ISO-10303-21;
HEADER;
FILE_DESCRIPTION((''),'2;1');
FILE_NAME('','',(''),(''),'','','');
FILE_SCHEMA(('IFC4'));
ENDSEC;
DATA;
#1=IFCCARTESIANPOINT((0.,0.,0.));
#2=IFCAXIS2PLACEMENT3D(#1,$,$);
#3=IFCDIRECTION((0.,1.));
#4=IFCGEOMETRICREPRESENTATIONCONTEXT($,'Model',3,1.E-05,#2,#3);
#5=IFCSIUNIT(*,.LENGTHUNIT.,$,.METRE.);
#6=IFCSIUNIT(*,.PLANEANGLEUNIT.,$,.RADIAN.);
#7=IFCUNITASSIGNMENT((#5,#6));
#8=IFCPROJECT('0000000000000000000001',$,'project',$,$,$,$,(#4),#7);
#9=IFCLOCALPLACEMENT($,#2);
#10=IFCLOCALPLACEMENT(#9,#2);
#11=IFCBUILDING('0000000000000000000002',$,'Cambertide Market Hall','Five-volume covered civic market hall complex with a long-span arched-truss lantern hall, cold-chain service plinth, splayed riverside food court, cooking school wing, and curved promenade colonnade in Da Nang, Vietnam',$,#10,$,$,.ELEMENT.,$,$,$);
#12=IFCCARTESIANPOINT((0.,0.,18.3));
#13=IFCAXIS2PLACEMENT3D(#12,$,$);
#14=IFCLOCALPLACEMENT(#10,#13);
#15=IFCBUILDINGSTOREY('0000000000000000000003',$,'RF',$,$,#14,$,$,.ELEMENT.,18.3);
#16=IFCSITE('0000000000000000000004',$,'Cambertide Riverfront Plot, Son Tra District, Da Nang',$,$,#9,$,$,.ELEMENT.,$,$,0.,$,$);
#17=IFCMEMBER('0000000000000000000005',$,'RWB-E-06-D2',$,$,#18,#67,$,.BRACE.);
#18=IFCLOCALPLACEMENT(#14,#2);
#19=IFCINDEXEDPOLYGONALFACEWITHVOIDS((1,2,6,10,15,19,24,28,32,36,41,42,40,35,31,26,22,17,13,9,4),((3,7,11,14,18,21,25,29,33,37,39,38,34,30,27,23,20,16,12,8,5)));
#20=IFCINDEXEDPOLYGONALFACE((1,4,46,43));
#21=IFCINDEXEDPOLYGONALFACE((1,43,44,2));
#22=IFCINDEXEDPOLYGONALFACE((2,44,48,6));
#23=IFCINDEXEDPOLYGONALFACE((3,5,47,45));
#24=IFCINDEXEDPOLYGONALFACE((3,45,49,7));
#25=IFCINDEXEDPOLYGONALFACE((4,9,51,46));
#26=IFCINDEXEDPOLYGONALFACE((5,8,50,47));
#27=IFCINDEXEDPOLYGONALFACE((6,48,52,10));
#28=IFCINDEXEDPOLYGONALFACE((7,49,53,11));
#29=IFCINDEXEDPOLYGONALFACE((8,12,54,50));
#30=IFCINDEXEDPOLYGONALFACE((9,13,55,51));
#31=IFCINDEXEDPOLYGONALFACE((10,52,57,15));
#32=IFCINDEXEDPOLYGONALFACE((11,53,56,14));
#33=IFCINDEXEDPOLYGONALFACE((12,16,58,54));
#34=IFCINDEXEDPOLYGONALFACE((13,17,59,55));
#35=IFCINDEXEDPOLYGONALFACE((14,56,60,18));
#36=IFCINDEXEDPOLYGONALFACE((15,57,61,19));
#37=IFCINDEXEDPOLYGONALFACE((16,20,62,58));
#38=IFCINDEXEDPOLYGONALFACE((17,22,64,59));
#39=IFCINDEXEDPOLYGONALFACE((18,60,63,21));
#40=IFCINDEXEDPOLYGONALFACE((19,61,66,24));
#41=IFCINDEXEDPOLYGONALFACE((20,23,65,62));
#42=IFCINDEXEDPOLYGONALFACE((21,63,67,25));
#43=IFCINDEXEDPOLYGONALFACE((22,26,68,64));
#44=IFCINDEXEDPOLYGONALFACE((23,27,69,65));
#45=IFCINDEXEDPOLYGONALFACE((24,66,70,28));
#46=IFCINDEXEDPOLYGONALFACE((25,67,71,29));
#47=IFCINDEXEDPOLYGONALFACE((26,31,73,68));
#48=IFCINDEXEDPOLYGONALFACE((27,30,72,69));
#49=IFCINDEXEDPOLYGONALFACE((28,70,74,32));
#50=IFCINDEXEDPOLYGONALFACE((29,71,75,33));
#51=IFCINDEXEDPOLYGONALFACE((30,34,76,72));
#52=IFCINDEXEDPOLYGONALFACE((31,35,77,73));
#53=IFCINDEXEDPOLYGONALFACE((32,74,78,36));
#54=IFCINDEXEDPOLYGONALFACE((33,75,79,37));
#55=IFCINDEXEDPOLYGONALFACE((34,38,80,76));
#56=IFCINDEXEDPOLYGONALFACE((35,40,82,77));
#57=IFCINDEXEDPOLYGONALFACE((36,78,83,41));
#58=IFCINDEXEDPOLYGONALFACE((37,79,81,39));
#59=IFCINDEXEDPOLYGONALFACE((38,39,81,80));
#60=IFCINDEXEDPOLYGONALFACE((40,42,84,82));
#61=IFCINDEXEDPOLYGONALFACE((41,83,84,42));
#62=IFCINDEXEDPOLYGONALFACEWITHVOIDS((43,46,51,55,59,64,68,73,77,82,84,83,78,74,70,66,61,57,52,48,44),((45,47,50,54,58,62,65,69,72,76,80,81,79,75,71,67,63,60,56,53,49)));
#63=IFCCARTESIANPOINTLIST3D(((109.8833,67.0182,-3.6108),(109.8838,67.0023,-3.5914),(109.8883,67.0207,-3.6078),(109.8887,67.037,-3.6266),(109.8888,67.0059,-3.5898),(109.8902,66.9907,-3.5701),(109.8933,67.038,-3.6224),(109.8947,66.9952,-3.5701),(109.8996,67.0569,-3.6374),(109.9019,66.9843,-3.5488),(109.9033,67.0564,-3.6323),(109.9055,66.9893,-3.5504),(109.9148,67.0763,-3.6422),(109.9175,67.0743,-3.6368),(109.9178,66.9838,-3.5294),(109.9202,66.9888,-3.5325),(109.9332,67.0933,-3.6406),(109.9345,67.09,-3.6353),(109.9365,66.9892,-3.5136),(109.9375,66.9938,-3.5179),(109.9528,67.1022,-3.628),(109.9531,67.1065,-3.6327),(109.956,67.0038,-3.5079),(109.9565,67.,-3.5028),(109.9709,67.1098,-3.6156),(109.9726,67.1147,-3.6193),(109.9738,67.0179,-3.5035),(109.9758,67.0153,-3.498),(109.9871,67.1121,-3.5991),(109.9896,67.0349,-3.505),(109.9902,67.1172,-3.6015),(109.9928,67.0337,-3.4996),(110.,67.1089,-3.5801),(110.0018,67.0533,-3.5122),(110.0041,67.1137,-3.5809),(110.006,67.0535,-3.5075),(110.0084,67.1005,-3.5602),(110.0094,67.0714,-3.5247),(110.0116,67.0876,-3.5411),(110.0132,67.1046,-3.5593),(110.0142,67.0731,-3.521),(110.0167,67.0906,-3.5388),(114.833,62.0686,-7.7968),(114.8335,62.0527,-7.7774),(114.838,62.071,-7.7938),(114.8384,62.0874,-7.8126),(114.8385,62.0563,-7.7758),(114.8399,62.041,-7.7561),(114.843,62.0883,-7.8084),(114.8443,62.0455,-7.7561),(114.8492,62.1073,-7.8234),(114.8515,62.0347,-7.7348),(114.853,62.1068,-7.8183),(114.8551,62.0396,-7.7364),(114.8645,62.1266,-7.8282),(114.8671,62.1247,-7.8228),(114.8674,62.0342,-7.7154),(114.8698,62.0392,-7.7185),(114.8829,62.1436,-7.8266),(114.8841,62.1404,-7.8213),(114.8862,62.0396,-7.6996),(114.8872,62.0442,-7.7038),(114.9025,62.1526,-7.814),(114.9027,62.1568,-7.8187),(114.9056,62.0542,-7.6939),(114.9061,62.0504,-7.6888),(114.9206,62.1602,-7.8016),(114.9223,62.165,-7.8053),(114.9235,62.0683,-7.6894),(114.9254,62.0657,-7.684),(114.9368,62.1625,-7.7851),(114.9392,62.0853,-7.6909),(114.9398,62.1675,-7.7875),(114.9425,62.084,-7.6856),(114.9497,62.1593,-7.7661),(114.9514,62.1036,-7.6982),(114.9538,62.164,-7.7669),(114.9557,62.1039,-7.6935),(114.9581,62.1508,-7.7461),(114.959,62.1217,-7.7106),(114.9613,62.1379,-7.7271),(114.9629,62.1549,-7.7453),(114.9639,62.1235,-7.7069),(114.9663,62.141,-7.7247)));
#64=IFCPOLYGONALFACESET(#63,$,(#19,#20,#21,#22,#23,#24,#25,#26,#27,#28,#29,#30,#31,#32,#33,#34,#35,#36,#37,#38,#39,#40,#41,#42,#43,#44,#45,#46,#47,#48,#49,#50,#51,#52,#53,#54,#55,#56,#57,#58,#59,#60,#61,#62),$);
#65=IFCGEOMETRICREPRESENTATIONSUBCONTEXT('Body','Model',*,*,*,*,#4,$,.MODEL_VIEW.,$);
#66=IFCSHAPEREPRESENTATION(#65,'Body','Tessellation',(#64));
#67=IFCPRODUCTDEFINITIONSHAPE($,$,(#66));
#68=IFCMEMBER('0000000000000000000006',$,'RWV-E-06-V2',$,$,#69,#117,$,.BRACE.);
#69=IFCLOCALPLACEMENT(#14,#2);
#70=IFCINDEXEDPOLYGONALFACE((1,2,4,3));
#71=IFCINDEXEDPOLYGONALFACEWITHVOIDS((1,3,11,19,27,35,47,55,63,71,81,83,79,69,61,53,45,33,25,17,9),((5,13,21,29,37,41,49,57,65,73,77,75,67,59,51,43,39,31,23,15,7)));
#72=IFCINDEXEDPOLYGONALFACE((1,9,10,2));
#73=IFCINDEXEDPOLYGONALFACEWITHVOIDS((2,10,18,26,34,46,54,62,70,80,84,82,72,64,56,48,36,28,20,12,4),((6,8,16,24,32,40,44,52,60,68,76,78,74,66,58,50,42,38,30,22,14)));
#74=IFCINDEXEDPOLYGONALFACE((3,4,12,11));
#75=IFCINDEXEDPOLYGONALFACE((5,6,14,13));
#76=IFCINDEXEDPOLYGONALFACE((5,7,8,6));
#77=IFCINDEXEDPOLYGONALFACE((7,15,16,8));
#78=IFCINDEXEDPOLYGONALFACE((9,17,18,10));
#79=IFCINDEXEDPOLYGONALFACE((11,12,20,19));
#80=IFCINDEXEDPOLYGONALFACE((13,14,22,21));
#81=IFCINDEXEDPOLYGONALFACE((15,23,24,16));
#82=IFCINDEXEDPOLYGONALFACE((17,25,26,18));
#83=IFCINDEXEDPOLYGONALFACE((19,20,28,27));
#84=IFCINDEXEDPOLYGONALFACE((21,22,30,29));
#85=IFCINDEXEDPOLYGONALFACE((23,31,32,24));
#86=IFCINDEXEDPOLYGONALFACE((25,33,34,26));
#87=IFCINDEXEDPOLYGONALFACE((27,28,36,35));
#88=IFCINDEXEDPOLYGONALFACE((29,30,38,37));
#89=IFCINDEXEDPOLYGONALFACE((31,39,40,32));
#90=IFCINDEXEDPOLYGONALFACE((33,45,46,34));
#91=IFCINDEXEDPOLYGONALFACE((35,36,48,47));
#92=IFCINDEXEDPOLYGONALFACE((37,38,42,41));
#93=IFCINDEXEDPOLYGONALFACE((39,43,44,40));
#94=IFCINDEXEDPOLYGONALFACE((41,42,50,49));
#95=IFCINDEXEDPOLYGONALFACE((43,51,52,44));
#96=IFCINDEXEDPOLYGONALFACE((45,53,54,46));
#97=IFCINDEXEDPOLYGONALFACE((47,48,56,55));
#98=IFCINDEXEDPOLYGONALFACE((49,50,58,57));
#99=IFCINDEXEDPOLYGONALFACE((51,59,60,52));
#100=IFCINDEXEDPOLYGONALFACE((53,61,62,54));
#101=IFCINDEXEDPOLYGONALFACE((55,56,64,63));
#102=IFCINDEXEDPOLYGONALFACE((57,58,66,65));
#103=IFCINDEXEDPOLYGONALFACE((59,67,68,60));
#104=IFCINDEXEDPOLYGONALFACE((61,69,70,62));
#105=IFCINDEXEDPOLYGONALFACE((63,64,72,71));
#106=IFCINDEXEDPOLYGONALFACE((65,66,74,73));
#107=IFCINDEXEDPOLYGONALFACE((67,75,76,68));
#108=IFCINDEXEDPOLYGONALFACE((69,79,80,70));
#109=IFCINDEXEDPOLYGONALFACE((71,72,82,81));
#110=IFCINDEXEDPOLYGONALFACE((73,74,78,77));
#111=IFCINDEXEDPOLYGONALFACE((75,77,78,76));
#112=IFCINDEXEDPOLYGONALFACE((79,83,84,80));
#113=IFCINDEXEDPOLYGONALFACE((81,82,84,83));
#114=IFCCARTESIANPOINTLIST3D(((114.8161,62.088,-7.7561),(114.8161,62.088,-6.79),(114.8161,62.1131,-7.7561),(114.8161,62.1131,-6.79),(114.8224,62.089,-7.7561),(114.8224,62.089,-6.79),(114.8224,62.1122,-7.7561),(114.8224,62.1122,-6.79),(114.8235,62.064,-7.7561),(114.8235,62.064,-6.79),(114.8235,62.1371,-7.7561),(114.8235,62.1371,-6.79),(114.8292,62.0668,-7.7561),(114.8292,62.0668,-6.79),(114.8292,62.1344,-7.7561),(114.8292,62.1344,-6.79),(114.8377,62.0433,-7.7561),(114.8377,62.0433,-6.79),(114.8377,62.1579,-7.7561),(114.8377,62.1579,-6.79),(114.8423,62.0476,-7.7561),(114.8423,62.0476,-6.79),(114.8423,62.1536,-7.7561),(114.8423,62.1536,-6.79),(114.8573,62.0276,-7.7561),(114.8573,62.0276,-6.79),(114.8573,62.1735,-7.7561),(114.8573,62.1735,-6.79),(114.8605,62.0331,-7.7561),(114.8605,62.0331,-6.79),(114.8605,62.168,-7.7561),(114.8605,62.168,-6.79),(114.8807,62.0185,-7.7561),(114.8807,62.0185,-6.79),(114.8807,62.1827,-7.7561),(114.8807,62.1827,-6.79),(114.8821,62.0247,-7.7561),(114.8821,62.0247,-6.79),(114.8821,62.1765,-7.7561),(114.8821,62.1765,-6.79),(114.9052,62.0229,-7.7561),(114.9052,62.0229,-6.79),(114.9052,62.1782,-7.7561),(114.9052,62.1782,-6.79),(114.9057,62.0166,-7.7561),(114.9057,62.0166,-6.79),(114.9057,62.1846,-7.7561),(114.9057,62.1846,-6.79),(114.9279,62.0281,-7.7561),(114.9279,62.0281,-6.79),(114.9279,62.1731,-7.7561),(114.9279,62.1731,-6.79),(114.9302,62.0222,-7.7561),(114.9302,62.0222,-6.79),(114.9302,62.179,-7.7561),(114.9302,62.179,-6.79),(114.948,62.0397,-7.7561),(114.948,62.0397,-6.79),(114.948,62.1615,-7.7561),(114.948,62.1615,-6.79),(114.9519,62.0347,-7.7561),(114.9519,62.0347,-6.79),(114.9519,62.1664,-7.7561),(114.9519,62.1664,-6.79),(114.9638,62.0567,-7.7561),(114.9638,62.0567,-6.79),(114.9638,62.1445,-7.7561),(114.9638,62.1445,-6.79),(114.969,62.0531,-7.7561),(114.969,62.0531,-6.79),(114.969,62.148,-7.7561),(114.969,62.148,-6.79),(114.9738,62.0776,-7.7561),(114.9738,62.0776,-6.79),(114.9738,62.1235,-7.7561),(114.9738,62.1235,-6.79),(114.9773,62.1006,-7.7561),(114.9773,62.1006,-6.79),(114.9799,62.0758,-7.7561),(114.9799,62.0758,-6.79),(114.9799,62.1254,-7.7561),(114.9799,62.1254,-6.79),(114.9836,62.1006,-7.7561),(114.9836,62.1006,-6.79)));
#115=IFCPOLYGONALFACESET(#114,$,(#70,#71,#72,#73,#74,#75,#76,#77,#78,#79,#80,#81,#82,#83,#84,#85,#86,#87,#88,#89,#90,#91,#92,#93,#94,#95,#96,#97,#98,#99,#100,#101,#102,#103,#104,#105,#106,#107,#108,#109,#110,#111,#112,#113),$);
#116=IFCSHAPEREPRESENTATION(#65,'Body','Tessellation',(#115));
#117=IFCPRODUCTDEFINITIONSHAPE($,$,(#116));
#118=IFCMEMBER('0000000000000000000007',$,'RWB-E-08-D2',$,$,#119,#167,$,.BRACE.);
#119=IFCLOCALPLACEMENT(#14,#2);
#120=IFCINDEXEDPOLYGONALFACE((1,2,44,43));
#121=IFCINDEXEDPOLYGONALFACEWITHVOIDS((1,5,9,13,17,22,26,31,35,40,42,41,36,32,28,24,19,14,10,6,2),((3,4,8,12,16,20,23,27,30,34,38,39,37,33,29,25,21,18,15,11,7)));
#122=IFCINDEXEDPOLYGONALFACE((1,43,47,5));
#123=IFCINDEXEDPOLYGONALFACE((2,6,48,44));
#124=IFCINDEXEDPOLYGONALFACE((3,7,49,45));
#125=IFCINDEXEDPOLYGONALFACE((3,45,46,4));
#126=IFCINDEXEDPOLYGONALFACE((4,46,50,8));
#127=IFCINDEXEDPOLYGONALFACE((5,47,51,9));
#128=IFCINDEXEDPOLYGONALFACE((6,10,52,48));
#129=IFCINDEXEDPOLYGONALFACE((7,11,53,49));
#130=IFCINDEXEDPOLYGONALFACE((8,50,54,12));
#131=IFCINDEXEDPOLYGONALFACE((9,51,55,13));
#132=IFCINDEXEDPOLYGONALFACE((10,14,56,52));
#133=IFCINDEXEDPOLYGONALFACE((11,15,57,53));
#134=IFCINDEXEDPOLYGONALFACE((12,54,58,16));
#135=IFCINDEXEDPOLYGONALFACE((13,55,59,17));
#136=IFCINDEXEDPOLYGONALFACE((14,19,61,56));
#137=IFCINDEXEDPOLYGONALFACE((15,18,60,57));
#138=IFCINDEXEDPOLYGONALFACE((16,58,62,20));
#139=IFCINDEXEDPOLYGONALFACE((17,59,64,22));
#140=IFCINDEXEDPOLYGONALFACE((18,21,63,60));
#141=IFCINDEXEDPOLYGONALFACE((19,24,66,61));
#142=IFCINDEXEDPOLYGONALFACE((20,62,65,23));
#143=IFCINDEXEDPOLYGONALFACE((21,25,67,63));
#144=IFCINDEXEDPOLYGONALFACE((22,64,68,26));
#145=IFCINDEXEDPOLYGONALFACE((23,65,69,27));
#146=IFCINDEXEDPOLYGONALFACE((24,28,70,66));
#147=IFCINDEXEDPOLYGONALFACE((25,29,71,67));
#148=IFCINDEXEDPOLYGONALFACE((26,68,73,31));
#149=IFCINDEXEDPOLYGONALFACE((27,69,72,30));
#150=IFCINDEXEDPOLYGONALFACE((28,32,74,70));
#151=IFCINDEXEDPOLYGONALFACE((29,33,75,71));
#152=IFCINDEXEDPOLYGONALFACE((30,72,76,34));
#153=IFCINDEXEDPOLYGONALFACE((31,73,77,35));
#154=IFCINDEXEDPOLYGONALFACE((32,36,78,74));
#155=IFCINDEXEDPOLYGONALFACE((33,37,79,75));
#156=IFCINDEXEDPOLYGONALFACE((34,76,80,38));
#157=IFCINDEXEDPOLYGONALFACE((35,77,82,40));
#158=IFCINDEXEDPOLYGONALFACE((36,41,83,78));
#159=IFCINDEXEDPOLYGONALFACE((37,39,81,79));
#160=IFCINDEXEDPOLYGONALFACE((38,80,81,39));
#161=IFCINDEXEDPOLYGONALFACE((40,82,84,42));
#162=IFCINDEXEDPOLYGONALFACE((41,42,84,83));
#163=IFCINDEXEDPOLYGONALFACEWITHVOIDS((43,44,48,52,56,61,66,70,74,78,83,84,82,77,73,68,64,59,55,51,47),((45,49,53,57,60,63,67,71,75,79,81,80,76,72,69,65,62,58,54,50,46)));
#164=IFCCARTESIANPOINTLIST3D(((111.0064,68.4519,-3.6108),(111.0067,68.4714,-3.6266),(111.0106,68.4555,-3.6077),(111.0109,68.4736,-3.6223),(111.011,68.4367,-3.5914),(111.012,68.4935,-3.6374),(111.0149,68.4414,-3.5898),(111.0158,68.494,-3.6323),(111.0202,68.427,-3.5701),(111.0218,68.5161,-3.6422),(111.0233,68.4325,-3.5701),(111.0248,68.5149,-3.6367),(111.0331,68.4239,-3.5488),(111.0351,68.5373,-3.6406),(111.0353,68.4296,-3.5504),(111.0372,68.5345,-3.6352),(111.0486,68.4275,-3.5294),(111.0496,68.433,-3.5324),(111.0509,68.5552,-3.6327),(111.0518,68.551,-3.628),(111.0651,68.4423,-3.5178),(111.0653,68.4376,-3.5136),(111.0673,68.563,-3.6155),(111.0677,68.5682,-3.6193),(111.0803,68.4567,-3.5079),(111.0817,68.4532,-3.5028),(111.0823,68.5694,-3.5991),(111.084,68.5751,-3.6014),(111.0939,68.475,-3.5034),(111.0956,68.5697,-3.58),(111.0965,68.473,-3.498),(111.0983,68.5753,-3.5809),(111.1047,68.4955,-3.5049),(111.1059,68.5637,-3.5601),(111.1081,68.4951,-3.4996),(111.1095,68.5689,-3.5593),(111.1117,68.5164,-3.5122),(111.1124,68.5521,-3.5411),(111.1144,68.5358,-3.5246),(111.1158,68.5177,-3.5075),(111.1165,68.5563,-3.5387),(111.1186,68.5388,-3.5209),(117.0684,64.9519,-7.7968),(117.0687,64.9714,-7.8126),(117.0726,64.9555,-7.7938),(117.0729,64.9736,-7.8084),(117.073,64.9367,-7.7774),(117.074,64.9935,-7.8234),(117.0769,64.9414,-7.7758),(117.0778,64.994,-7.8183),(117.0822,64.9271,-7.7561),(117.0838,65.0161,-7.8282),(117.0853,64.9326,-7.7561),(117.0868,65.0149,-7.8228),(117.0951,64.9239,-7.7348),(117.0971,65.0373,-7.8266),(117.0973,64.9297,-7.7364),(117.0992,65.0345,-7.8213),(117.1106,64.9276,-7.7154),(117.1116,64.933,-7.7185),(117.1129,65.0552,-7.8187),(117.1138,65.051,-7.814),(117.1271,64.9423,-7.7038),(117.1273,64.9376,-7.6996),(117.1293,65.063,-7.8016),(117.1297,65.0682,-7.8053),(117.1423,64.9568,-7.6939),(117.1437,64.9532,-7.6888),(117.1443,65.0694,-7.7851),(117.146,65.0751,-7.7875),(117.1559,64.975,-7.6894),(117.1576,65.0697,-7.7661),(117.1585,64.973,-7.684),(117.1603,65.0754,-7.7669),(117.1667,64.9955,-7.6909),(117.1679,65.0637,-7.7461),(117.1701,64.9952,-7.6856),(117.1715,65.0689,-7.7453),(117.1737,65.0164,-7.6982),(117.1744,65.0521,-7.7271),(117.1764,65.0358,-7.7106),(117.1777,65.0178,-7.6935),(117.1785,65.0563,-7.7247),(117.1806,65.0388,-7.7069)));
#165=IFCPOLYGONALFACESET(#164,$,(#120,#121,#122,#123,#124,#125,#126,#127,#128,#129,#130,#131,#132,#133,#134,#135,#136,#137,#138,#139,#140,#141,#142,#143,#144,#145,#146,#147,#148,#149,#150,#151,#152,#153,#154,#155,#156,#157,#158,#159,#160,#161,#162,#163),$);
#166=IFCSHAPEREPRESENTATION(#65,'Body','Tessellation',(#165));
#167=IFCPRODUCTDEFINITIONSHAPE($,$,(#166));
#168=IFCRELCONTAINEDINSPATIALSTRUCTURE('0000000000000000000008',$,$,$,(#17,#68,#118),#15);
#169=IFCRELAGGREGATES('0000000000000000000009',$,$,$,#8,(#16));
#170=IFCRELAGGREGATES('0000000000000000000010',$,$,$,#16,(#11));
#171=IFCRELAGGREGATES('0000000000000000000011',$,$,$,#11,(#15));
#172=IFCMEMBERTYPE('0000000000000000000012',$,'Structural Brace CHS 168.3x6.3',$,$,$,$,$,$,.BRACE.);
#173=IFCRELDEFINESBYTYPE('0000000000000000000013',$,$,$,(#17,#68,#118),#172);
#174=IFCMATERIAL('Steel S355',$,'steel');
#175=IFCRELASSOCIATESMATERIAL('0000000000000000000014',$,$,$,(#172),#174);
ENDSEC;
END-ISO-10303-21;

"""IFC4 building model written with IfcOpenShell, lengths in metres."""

from ifc_helpers import new_model, si_unit, direction, frame, origin, origin_2d, place, context, subcontext, project, spatial, hollow_circle, extrude, material, material_profile, profile_set, type_object, element, save


model = new_model("IFC4")

# Units and contexts
model_context = context("Model", 3, precision=1e-05, world=origin(), true_north=direction((0.0, 1.0)))
body_context = subcontext(model_context, "Body", "Model", "MODEL_VIEW")
ifc_project = project(units=[si_unit("LENGTHUNIT", "METRE"), si_unit("PLANEANGLEUNIT", "RADIAN")], contexts=[model_context])

# Site, building, storey
site_placement = place(None, origin())
site = spatial("IfcSite", under=ifc_project, at=site_placement, Name="Cambertide Riverfront Plot, Son Tra District, Da Nang", CompositionType="ELEMENT", RefElevation=0.0)
building_placement = place(site_placement, origin())
building = spatial("IfcBuilding", under=site, at=building_placement, Name="Cambertide Market Hall", Description="Five-volume covered civic market hall complex with a long-span arched-truss lantern hall, cold-chain service plinth, splayed riverside food court, cooking school wing, and curved promenade colonnade in Da Nang, Vietnam", CompositionType="ELEMENT")
storey_placement = place(building_placement, frame((0.0, 0.0, 18.3)))
storey = spatial("IfcBuildingStorey", under=building, at=storey_placement, Name="RF", CompositionType="ELEMENT", Elevation=18.3)

# Members
ifc_material_1 = material(Name="Steel S355", Category="steel")
ifc_material_profile_1 = material_profile(ifc_material_1, hollow_circle(Radius=0.0842, WallThickness=0.0063, at=origin_2d()), Name="CHS 168.3x6.3")
ifc_profile_set_1 = profile_set([ifc_material_profile_1], Name="Steel S355")
member_type_1 = type_object("IfcMemberType", Name="Structural Brace CHS 168.3x6.3", PredefinedType="BRACE", material=ifc_profile_set_1)
member_1_placement = place(storey_placement, frame((114.8994, 62.1006, -7.7561), z_axis=(-0.606871, 0.606871, 0.513239), x_axis=(-0.707107, -0.707107, 0.0)))
element("IfcMember", 1, at=member_1_placement, inside=storey, type_object=member_type_1, Name="RWB-E-06-D2", PredefinedType="BRACE", context=body_context, shape_type="SweptSolid", body=[
    extrude(hollow_circle(Radius=0.0842, WallThickness=0.0063, at=origin_2d()), origin(), (0.0, 0.0, 1.0), 8.156),
])
member_2_placement = place(storey_placement, frame((114.8994, 62.1006, -7.7561), z_axis=(0.0, 0.0, 1.0), x_axis=(1.0, 0.0, 0.0)))
element("IfcMember", 2, at=member_2_placement, inside=storey, type_object=member_type_1, Name="RWV-E-06-V2", PredefinedType="BRACE", context=body_context, shape_type="SweptSolid", body=[
    extrude(hollow_circle(Radius=0.0842, WallThickness=0.0063, at=origin_2d()), origin(), (0.0, 0.0, 1.0), 0.9661),
])
member_3_placement = place(storey_placement, frame((117.1243, 65.0, -7.7561), z_axis=(-0.743255, 0.42913, 0.513244), x_axis=(-0.50001, -0.866019, 0.0)))
element("IfcMember", 3, at=member_3_placement, inside=storey, type_object=member_type_1, Name="RWB-E-08-D2", PredefinedType="BRACE", context=body_context, shape_type="SweptSolid", body=[
    extrude(hollow_circle(Radius=0.0842, WallThickness=0.0063, at=origin_2d()), origin(), (0.0, 0.0, 1.0), 8.156),
])

save(model, "model.ifc")
